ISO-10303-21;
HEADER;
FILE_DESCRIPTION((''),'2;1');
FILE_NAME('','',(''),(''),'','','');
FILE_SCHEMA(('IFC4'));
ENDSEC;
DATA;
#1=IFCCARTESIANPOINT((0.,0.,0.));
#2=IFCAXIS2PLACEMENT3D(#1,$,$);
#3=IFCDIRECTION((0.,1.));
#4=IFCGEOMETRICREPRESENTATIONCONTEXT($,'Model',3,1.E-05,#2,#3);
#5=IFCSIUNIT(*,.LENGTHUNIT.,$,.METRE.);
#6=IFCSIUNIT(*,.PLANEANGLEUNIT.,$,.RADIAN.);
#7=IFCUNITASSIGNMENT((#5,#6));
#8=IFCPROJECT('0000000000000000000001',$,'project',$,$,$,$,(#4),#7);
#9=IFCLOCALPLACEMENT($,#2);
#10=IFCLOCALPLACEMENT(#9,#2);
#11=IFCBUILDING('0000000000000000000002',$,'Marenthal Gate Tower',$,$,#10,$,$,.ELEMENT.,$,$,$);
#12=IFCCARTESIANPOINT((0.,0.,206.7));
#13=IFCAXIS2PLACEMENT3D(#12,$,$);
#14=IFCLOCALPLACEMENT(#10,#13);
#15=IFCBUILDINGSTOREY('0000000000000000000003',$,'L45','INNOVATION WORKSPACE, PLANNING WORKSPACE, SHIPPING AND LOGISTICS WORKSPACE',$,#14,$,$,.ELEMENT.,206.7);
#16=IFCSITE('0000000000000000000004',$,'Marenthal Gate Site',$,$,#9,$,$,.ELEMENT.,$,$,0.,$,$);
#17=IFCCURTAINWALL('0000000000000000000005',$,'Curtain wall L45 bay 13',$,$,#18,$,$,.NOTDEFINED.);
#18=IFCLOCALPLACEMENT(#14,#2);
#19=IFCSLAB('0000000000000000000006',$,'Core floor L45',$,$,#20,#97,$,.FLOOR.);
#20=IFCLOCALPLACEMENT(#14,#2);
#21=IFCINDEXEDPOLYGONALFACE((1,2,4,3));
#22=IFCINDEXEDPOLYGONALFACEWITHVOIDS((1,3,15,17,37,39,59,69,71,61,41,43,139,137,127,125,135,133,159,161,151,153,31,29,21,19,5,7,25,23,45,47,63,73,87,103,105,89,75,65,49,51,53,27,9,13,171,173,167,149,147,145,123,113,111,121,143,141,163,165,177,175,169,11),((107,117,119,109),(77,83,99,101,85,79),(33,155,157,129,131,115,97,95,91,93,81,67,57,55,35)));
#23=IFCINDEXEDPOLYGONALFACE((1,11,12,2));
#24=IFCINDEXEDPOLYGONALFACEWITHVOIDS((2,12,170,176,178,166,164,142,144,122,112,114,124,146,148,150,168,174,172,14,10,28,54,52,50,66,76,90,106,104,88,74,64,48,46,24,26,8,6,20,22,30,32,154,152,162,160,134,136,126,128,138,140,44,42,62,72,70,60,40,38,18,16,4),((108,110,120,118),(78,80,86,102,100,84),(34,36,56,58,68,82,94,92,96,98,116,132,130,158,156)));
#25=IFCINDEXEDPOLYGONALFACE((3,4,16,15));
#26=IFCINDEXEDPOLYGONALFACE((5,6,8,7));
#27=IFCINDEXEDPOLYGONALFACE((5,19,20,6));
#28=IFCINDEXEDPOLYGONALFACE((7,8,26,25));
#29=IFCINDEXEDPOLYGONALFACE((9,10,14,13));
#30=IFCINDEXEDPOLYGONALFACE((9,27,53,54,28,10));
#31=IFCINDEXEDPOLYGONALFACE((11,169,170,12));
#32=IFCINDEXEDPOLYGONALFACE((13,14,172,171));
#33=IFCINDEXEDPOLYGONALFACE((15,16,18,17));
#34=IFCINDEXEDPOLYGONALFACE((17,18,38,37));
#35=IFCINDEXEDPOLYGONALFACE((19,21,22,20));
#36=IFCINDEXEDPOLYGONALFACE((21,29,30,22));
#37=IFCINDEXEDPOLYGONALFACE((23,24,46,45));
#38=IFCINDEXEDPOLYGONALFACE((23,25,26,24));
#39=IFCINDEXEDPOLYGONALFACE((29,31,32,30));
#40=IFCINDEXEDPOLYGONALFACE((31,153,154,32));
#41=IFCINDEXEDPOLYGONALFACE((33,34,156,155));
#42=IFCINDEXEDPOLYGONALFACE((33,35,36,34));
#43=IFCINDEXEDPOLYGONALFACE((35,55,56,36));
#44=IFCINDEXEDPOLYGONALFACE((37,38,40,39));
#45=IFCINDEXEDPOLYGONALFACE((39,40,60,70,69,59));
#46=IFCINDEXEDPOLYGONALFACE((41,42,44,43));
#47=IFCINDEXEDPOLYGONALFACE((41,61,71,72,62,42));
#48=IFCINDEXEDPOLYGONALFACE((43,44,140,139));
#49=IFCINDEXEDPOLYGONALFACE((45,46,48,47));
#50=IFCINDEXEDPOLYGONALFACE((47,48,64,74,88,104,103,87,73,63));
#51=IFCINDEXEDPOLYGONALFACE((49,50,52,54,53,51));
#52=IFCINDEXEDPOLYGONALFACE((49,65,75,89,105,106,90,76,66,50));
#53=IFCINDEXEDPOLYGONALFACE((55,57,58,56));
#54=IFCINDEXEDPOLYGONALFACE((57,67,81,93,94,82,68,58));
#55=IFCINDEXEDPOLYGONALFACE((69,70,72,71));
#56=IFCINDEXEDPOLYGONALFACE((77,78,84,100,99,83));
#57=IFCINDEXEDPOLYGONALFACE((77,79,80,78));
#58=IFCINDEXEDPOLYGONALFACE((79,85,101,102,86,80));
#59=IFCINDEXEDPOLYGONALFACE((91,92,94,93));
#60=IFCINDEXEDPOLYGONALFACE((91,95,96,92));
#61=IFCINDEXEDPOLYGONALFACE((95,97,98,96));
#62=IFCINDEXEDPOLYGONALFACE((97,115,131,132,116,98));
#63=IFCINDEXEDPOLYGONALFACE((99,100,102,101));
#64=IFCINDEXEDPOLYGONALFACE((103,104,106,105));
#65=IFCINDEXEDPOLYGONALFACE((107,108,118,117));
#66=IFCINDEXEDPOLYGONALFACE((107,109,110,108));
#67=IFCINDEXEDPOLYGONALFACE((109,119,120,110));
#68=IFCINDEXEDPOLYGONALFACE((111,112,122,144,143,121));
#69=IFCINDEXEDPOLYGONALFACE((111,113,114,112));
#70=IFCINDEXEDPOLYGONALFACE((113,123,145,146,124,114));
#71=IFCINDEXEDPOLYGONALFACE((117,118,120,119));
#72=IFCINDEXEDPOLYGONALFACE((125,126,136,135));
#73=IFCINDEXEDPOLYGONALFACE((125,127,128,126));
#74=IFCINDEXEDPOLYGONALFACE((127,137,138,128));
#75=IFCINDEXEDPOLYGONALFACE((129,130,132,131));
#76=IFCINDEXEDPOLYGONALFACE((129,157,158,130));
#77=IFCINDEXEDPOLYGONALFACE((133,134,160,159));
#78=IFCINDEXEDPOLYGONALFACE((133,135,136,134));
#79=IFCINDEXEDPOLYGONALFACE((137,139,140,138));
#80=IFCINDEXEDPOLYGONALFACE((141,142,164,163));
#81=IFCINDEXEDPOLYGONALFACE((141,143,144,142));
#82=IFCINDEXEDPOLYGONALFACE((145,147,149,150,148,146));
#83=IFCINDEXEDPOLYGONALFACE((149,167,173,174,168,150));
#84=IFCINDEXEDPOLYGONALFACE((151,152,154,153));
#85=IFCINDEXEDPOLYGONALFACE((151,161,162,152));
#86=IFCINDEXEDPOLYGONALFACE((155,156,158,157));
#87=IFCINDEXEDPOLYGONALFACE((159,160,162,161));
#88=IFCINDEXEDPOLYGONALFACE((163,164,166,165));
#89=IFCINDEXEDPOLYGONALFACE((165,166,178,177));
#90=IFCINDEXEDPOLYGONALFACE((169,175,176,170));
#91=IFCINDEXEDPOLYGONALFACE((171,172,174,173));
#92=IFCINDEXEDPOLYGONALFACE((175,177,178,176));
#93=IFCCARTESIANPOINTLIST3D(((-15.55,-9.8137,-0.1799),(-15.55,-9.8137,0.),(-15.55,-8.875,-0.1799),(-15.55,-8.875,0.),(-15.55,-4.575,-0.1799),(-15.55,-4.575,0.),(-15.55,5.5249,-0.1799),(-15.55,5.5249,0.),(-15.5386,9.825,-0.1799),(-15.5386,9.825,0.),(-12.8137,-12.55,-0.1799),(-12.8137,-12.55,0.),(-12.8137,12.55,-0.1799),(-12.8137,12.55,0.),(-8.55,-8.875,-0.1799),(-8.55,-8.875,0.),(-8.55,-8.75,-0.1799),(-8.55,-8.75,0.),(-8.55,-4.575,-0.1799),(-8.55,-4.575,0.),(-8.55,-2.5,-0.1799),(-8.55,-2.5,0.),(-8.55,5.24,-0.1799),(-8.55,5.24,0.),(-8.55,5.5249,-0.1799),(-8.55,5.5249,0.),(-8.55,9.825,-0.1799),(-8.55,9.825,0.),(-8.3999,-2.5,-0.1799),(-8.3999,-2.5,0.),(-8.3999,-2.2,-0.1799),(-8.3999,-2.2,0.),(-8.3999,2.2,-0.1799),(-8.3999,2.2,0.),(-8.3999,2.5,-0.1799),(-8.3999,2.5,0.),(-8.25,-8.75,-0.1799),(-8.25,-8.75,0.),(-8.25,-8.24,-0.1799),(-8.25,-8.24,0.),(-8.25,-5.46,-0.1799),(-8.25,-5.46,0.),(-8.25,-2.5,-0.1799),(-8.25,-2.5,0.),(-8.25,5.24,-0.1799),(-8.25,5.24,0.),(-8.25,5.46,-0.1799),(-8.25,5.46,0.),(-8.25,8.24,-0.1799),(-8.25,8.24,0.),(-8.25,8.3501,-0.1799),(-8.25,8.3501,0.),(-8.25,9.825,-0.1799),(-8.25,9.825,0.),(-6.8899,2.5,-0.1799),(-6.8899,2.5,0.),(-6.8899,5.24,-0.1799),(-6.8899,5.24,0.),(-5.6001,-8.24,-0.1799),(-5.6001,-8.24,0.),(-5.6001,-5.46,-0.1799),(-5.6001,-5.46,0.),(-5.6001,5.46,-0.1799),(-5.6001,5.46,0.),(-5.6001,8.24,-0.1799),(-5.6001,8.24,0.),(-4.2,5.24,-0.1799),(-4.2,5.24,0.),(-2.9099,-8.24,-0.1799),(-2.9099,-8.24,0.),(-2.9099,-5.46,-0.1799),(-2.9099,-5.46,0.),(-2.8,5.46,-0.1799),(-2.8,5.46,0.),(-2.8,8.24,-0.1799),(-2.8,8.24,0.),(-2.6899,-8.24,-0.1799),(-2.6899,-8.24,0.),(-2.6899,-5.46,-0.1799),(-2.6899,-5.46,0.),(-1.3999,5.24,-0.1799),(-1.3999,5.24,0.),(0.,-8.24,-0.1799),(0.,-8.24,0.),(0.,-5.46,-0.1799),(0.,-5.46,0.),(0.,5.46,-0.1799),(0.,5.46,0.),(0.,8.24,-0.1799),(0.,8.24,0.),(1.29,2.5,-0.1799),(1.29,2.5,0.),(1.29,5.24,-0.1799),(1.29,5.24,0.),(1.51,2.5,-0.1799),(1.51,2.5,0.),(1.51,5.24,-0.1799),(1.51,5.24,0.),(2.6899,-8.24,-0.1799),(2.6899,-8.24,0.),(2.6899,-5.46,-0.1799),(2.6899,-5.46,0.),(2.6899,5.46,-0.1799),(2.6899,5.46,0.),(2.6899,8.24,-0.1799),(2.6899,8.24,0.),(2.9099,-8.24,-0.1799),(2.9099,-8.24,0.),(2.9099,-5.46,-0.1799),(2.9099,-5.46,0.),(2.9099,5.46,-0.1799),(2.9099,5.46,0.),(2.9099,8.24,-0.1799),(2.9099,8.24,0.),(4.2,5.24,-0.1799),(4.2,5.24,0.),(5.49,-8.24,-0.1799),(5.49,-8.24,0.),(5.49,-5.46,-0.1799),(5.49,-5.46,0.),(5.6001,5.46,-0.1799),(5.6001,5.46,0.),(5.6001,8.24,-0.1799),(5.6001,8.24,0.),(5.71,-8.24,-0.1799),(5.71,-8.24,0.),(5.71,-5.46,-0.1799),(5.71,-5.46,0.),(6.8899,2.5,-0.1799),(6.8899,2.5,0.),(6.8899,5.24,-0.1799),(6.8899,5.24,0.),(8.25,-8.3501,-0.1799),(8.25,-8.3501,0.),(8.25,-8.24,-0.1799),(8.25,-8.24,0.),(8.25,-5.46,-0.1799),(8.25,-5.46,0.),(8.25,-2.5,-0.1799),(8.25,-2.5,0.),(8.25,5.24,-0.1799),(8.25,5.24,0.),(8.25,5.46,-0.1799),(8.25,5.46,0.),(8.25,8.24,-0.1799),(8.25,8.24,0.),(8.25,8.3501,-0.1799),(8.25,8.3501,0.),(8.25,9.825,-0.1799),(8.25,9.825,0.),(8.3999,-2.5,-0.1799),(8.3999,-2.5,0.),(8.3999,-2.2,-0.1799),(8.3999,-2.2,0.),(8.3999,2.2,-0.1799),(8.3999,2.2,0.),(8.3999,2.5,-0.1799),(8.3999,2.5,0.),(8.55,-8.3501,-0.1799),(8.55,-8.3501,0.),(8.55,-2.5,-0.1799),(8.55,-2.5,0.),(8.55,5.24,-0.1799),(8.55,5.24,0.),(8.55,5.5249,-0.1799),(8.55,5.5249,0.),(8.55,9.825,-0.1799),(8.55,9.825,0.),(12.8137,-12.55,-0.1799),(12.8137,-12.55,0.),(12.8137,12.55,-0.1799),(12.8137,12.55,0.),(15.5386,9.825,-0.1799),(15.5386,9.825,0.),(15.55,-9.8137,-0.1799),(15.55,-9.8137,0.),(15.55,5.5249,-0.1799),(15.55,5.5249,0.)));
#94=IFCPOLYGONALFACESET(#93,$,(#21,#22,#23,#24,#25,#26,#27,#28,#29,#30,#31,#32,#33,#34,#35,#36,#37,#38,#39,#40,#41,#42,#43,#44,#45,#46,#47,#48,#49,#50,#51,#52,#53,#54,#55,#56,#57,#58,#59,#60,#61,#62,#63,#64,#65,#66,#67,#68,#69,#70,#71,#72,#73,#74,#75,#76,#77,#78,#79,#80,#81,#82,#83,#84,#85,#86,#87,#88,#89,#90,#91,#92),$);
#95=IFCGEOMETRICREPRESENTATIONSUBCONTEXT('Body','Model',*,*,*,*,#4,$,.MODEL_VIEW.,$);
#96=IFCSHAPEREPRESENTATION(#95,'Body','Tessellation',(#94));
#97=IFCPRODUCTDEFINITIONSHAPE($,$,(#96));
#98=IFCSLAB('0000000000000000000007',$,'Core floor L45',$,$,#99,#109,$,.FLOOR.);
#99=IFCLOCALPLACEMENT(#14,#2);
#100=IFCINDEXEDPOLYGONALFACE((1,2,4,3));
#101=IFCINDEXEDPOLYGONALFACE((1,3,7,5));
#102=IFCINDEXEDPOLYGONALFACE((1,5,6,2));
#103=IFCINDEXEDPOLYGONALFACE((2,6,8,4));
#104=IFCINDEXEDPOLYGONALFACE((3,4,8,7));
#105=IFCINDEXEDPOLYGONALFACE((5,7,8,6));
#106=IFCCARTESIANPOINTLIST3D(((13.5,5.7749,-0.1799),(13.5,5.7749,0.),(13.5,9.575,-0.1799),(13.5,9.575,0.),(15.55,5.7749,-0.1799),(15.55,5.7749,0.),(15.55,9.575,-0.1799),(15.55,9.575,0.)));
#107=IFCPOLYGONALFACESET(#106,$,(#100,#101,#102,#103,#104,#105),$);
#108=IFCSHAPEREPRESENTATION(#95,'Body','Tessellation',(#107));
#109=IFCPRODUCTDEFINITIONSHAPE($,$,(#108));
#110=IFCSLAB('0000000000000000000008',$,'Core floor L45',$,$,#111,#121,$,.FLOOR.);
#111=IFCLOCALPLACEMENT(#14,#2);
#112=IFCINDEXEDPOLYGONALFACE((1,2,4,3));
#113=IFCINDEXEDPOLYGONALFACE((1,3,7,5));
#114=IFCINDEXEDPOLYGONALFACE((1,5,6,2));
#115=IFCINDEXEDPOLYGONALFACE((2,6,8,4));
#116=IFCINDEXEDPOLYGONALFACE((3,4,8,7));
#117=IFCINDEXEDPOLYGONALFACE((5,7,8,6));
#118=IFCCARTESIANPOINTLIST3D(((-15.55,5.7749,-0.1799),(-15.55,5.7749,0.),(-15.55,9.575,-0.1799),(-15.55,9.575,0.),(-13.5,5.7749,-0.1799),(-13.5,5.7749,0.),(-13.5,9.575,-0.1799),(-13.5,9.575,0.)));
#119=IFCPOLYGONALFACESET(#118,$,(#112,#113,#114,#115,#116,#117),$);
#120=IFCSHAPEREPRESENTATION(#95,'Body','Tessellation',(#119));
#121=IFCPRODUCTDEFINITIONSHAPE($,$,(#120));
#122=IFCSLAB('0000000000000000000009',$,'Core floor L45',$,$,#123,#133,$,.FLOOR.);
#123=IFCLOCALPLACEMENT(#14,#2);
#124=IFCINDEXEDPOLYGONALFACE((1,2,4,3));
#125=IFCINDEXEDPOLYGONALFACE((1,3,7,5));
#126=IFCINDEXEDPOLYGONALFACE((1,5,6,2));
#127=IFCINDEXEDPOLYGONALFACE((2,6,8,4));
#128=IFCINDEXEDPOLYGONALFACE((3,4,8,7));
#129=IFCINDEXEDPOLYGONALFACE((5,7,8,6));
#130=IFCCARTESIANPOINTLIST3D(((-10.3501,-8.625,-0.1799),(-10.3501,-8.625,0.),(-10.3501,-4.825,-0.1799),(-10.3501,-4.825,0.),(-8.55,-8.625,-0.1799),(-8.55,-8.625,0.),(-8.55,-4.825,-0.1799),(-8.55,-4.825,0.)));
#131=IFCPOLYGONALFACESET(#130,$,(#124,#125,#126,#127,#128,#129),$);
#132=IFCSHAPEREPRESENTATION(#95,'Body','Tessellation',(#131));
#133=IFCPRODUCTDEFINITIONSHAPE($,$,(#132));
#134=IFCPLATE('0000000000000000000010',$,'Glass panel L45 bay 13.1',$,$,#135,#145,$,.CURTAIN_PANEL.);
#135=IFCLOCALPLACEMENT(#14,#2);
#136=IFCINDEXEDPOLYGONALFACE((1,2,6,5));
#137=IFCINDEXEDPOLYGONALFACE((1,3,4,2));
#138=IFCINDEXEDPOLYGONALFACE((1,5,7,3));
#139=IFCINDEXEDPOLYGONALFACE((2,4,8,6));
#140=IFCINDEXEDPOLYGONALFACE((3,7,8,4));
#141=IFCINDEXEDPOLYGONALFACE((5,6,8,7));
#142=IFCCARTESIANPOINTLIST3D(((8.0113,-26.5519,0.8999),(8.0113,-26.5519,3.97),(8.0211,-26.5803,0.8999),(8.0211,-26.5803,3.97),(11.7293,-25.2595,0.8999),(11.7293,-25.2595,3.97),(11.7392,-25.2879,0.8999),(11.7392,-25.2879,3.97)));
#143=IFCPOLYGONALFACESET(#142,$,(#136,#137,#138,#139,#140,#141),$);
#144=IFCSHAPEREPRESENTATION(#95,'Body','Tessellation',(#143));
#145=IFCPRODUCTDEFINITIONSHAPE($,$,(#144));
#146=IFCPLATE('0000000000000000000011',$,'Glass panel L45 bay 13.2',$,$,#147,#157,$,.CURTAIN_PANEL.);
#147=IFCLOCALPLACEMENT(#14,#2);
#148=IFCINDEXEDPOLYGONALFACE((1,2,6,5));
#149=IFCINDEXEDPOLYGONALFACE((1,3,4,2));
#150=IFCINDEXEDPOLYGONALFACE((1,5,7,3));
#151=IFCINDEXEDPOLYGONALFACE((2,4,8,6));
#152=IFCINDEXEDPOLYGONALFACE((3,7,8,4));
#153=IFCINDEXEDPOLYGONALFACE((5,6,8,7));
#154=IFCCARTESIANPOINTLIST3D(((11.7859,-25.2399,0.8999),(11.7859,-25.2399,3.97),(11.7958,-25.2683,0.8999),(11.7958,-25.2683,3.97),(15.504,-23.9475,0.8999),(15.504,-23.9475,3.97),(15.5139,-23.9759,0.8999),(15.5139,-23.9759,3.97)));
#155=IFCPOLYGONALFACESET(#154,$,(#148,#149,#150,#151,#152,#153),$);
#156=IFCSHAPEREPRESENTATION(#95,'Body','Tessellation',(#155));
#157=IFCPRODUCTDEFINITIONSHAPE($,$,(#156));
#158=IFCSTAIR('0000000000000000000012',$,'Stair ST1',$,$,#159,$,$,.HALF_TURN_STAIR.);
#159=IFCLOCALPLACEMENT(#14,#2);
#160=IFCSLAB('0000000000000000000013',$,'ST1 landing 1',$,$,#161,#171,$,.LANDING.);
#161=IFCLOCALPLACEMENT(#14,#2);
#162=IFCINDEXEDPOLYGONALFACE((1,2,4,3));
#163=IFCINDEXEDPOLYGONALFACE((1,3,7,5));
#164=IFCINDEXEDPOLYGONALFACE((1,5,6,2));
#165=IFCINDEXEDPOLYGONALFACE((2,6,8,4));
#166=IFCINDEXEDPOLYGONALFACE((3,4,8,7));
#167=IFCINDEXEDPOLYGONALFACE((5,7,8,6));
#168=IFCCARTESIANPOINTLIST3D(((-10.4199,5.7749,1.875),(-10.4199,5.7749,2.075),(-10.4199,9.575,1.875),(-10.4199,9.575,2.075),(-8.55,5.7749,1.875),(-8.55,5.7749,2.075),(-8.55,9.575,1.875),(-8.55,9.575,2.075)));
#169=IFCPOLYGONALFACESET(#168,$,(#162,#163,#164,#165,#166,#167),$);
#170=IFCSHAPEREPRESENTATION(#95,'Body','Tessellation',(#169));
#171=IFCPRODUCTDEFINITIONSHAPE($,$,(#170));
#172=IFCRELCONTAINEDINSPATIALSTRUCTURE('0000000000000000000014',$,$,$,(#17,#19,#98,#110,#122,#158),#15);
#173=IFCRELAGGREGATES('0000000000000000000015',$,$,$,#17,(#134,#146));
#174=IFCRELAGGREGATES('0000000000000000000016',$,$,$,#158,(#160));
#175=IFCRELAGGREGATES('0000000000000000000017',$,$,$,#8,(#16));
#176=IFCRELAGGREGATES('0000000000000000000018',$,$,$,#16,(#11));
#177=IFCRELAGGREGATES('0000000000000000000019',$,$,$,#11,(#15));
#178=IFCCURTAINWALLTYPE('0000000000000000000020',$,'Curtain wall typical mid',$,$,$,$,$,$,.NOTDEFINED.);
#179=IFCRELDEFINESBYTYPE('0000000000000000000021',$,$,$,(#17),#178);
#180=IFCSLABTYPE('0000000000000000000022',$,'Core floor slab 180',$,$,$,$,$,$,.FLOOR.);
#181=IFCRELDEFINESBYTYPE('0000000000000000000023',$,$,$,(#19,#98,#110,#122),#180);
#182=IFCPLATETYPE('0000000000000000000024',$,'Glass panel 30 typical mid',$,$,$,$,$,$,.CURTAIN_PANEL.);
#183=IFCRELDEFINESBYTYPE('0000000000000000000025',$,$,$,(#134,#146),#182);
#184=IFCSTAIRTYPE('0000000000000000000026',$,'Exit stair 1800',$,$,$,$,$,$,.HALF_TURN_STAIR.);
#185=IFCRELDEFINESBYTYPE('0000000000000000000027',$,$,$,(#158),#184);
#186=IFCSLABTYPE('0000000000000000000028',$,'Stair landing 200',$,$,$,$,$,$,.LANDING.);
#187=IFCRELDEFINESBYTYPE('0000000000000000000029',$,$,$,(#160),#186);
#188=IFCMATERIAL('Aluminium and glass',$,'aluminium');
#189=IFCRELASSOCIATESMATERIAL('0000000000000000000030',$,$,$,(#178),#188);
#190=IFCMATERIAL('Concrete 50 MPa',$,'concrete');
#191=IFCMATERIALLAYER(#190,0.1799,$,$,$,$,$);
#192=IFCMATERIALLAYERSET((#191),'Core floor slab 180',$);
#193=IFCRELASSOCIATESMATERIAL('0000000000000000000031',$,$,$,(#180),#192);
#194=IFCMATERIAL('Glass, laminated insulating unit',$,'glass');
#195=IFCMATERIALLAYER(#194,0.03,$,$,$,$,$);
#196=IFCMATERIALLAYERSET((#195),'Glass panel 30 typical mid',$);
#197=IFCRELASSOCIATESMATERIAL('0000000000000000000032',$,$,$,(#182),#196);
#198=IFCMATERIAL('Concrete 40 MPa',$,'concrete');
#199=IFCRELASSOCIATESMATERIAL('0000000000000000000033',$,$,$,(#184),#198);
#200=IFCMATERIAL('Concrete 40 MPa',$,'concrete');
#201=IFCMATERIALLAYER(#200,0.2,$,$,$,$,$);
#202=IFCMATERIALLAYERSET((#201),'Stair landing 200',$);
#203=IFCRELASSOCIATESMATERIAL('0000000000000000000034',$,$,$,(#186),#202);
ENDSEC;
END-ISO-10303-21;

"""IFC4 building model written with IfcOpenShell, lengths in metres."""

from ifc_helpers import new_model, si_unit, direction, frame, origin, origin_2d, place, context, subcontext, project, spatial, polyline, rectangle, outline, extrude, material, layer, layer_set, type_object, element, aggregate, save


model = new_model("IFC4")

# Units and contexts
model_context = context("Model", 3, precision=1e-05, world=origin(), true_north=direction((0.0, 1.0)))
body_context = subcontext(model_context, "Body", "Model", "MODEL_VIEW")
ifc_project = project(units=[si_unit("LENGTHUNIT", "METRE"), si_unit("PLANEANGLEUNIT", "RADIAN")], contexts=[model_context])

# Site, building, storey
site_placement = place(None, origin())
site = spatial("IfcSite", under=ifc_project, at=site_placement, Name="Marenthal Gate Site", CompositionType="ELEMENT", RefElevation=0.0)
building_placement = place(site_placement, origin())
building = spatial("IfcBuilding", under=site, at=building_placement, Name="Marenthal Gate Tower", CompositionType="ELEMENT")
storey_placement = place(building_placement, frame((0.0, 0.0, 206.7)))
storey = spatial("IfcBuildingStorey", under=building, at=storey_placement, Name="L45", Description="INNOVATION WORKSPACE, PLANNING WORKSPACE, SHIPPING AND LOGISTICS WORKSPACE", CompositionType="ELEMENT", Elevation=206.7)

# Curtain wall
ifc_material_1 = material(Name="Aluminium and glass", Category="aluminium")
curtain_wall_type = type_object("IfcCurtainWallType", Name="Curtain wall typical mid", PredefinedType="NOTDEFINED", material=ifc_material_1)
curtain_wall_placement = place(storey_placement, origin())
curtain_wall = element("IfcCurtainWall", 1, at=curtain_wall_placement, inside=storey, type_object=curtain_wall_type, Name="Curtain wall L45 bay 13", PredefinedType="NOTDEFINED")

# Slabs
ifc_material_2 = material(Name="Concrete 50 MPa", Category="concrete")
ifc_layer_1 = layer(ifc_material_2, 0.1799)
ifc_layer_set_1 = layer_set([ifc_layer_1], Name="Core floor slab 180")
slab_type_1 = type_object("IfcSlabType", Name="Core floor slab 180", PredefinedType="FLOOR", material=ifc_layer_set_1)
slab_1_placement = place(storey_placement, frame((0.0, 0.0, -0.1799)))
element("IfcSlab", 2, at=slab_1_placement, inside=storey, type_object=slab_type_1, Name="Core floor L45", PredefinedType="FLOOR", context=body_context, shape_type="SweptSolid", body=[
    extrude(outline(polyline([(12.8137, -12.55), (-12.8137, -12.55), (-15.55, -9.8137), (-15.55, -8.875), (-8.55, -8.875), (-8.55, -8.75), (-8.25, -8.75), (-8.25, -8.24), (-5.6001, -8.24), (-2.9099, -8.24), (-2.9099, -5.46), (-5.6001, -5.46), (-8.25, -5.46), (-8.25, -2.5), (8.25, -2.5), (8.25, -5.46), (5.71, -5.46), (5.71, -8.24), (8.25, -8.24), (8.25, -8.3501), (8.55, -8.3501), (8.55, -2.5), (8.3999, -2.5), (8.3999, -2.2), (-8.3999, -2.2), (-8.3999, -2.5), (-8.55, -2.5), (-8.55, -4.575), (-15.55, -4.575), (-15.55, 5.5249), (-8.55, 5.5249), (-8.55, 5.24), (-8.25, 5.24), (-8.25, 5.46), (-5.6001, 5.46), (-2.8, 5.46), (0.0, 5.46), (2.6899, 5.46), (2.6899, 8.24), (0.0, 8.24), (-2.8, 8.24), (-5.6001, 8.24), (-8.25, 8.24), (-8.25, 8.3501), (-8.25, 9.825), (-8.55, 9.825), (-15.5386, 9.825), (-12.8137, 12.55), (12.8137, 12.55), (15.5386, 9.825), (8.55, 9.825), (8.25, 9.825), (8.25, 8.3501), (8.25, 8.24), (5.6001, 8.24), (2.9099, 8.24), (2.9099, 5.46), (5.6001, 5.46), (8.25, 5.46), (8.25, 5.24), (8.55, 5.24), (8.55, 5.5249), (15.55, 5.5249), (15.55, -9.8137), (12.8137, -12.55)]), holes=[polyline([(2.6899, -8.24), (2.6899, -5.46), (0.0, -5.46), (-2.6899, -5.46), (-2.6899, -8.24), (0.0, -8.24), (2.6899, -8.24)]), polyline([(-6.8899, 5.24), (-6.8899, 2.5), (-8.3999, 2.5), (-8.3999, 2.2), (8.3999, 2.2), (8.3999, 2.5), (6.8899, 2.5), (6.8899, 5.24), (4.2, 5.24), (1.51, 5.24), (1.51, 2.5), (1.29, 2.5), (1.29, 5.24), (-1.3999, 5.24), (-4.2, 5.24), (-6.8899, 5.24)]), polyline([(5.49, -8.24), (5.49, -5.46), (2.9099, -5.46), (2.9099, -8.24), (5.49, -8.24)])]), origin(), (0.0, 0.0, 1.0), 0.1799),
])
slab_2_placement = place(storey_placement, frame((0.0, 0.0, -0.1799)))
element("IfcSlab", 3, at=slab_2_placement, inside=storey, type_object=slab_type_1, Name="Core floor L45", PredefinedType="FLOOR", context=body_context, shape_type="SweptSolid", body=[
    extrude(outline(polyline([(15.55, 5.7749), (13.5, 5.7749), (13.5, 9.575), (15.55, 9.575), (15.55, 5.7749)])), origin(), (0.0, 0.0, 1.0), 0.1799),
])
slab_3_placement = place(storey_placement, frame((0.0, 0.0, -0.1799)))
element("IfcSlab", 4, at=slab_3_placement, inside=storey, type_object=slab_type_1, Name="Core floor L45", PredefinedType="FLOOR", context=body_context, shape_type="SweptSolid", body=[
    extrude(outline(polyline([(-15.55, 9.575), (-13.5, 9.575), (-13.5, 5.7749), (-15.55, 5.7749), (-15.55, 9.575)])), origin(), (0.0, 0.0, 1.0), 0.1799),
])
slab_4_placement = place(storey_placement, frame((0.0, 0.0, -0.1799)))
element("IfcSlab", 5, at=slab_4_placement, inside=storey, type_object=slab_type_1, Name="Core floor L45", PredefinedType="FLOOR", context=body_context, shape_type="SweptSolid", body=[
    extrude(outline(polyline([(-8.55, -8.625), (-10.3501, -8.625), (-10.3501, -4.825), (-8.55, -4.825), (-8.55, -8.625)])), origin(), (0.0, 0.0, 1.0), 0.1799),
])

# Plates
ifc_material_3 = material(Name="Glass, laminated insulating unit", Category="glass")
ifc_layer_2 = layer(ifc_material_3, 0.03)
ifc_layer_set_2 = layer_set([ifc_layer_2], Name="Glass panel 30 typical mid")
plate_type = type_object("IfcPlateType", Name="Glass panel 30 typical mid", PredefinedType="CURTAIN_PANEL", material=ifc_layer_set_2)
plate_1_placement = place(storey_placement, frame((9.8752, -25.9199, 0.8999), z_axis=(0.0, 0.0, 1.0), x_axis=(0.944562, 0.328332, 0.0)))
plate_1 = element("IfcPlate", 6, at=plate_1_placement, type_object=plate_type, Name="Glass panel L45 bay 13.1", PredefinedType="CURTAIN_PANEL", context=body_context, shape_type="SweptSolid", body=[
    extrude(rectangle(XDim=3.9363, YDim=0.03, at=origin_2d()), origin(), (0.0, 0.0, 1.0), 3.0701),
])
plate_2_placement = place(storey_placement, frame((13.6499, -24.6079, 0.8999), z_axis=(0.0, 0.0, 1.0), x_axis=(0.944562, 0.328332, 0.0)))
plate_2 = element("IfcPlate", 7, at=plate_2_placement, type_object=plate_type, Name="Glass panel L45 bay 13.2", PredefinedType="CURTAIN_PANEL", context=body_context, shape_type="SweptSolid", body=[
    extrude(rectangle(XDim=3.9363, YDim=0.03, at=origin_2d()), origin(), (0.0, 0.0, 1.0), 3.0701),
])
aggregate(curtain_wall, [plate_1, plate_2])

# Stair, slab
ifc_material_4 = material(Name="Concrete 40 MPa", Category="concrete")
stair_type = type_object("IfcStairType", Name="Exit stair 1800", PredefinedType="HALF_TURN_STAIR", material=ifc_material_4)
stair_placement = place(storey_placement, origin())
stair = element("IfcStair", 8, at=stair_placement, inside=storey, type_object=stair_type, Name="Stair ST1", PredefinedType="HALF_TURN_STAIR")
ifc_material_5 = material(Name="Concrete 40 MPa", Category="concrete")
ifc_layer_3 = layer(ifc_material_5, 0.2)
ifc_layer_set_3 = layer_set([ifc_layer_3], Name="Stair landing 200")
slab_type_2 = type_object("IfcSlabType", Name="Stair landing 200", PredefinedType="LANDING", material=ifc_layer_set_3)
slab_5_placement = place(storey_placement, frame((0.0, 0.0, 1.875)))
slab_5 = element("IfcSlab", 9, at=slab_5_placement, type_object=slab_type_2, Name="ST1 landing 1", PredefinedType="LANDING", context=body_context, shape_type="SweptSolid", body=[
    extrude(outline(polyline([(-10.4199, 5.7749), (-8.55, 5.7749), (-8.55, 9.575), (-10.4199, 9.575), (-10.4199, 5.7749)])), origin(), (0.0, 0.0, 1.0), 0.2),
])
aggregate(stair, [slab_5])

save(model, "model.ifc")
